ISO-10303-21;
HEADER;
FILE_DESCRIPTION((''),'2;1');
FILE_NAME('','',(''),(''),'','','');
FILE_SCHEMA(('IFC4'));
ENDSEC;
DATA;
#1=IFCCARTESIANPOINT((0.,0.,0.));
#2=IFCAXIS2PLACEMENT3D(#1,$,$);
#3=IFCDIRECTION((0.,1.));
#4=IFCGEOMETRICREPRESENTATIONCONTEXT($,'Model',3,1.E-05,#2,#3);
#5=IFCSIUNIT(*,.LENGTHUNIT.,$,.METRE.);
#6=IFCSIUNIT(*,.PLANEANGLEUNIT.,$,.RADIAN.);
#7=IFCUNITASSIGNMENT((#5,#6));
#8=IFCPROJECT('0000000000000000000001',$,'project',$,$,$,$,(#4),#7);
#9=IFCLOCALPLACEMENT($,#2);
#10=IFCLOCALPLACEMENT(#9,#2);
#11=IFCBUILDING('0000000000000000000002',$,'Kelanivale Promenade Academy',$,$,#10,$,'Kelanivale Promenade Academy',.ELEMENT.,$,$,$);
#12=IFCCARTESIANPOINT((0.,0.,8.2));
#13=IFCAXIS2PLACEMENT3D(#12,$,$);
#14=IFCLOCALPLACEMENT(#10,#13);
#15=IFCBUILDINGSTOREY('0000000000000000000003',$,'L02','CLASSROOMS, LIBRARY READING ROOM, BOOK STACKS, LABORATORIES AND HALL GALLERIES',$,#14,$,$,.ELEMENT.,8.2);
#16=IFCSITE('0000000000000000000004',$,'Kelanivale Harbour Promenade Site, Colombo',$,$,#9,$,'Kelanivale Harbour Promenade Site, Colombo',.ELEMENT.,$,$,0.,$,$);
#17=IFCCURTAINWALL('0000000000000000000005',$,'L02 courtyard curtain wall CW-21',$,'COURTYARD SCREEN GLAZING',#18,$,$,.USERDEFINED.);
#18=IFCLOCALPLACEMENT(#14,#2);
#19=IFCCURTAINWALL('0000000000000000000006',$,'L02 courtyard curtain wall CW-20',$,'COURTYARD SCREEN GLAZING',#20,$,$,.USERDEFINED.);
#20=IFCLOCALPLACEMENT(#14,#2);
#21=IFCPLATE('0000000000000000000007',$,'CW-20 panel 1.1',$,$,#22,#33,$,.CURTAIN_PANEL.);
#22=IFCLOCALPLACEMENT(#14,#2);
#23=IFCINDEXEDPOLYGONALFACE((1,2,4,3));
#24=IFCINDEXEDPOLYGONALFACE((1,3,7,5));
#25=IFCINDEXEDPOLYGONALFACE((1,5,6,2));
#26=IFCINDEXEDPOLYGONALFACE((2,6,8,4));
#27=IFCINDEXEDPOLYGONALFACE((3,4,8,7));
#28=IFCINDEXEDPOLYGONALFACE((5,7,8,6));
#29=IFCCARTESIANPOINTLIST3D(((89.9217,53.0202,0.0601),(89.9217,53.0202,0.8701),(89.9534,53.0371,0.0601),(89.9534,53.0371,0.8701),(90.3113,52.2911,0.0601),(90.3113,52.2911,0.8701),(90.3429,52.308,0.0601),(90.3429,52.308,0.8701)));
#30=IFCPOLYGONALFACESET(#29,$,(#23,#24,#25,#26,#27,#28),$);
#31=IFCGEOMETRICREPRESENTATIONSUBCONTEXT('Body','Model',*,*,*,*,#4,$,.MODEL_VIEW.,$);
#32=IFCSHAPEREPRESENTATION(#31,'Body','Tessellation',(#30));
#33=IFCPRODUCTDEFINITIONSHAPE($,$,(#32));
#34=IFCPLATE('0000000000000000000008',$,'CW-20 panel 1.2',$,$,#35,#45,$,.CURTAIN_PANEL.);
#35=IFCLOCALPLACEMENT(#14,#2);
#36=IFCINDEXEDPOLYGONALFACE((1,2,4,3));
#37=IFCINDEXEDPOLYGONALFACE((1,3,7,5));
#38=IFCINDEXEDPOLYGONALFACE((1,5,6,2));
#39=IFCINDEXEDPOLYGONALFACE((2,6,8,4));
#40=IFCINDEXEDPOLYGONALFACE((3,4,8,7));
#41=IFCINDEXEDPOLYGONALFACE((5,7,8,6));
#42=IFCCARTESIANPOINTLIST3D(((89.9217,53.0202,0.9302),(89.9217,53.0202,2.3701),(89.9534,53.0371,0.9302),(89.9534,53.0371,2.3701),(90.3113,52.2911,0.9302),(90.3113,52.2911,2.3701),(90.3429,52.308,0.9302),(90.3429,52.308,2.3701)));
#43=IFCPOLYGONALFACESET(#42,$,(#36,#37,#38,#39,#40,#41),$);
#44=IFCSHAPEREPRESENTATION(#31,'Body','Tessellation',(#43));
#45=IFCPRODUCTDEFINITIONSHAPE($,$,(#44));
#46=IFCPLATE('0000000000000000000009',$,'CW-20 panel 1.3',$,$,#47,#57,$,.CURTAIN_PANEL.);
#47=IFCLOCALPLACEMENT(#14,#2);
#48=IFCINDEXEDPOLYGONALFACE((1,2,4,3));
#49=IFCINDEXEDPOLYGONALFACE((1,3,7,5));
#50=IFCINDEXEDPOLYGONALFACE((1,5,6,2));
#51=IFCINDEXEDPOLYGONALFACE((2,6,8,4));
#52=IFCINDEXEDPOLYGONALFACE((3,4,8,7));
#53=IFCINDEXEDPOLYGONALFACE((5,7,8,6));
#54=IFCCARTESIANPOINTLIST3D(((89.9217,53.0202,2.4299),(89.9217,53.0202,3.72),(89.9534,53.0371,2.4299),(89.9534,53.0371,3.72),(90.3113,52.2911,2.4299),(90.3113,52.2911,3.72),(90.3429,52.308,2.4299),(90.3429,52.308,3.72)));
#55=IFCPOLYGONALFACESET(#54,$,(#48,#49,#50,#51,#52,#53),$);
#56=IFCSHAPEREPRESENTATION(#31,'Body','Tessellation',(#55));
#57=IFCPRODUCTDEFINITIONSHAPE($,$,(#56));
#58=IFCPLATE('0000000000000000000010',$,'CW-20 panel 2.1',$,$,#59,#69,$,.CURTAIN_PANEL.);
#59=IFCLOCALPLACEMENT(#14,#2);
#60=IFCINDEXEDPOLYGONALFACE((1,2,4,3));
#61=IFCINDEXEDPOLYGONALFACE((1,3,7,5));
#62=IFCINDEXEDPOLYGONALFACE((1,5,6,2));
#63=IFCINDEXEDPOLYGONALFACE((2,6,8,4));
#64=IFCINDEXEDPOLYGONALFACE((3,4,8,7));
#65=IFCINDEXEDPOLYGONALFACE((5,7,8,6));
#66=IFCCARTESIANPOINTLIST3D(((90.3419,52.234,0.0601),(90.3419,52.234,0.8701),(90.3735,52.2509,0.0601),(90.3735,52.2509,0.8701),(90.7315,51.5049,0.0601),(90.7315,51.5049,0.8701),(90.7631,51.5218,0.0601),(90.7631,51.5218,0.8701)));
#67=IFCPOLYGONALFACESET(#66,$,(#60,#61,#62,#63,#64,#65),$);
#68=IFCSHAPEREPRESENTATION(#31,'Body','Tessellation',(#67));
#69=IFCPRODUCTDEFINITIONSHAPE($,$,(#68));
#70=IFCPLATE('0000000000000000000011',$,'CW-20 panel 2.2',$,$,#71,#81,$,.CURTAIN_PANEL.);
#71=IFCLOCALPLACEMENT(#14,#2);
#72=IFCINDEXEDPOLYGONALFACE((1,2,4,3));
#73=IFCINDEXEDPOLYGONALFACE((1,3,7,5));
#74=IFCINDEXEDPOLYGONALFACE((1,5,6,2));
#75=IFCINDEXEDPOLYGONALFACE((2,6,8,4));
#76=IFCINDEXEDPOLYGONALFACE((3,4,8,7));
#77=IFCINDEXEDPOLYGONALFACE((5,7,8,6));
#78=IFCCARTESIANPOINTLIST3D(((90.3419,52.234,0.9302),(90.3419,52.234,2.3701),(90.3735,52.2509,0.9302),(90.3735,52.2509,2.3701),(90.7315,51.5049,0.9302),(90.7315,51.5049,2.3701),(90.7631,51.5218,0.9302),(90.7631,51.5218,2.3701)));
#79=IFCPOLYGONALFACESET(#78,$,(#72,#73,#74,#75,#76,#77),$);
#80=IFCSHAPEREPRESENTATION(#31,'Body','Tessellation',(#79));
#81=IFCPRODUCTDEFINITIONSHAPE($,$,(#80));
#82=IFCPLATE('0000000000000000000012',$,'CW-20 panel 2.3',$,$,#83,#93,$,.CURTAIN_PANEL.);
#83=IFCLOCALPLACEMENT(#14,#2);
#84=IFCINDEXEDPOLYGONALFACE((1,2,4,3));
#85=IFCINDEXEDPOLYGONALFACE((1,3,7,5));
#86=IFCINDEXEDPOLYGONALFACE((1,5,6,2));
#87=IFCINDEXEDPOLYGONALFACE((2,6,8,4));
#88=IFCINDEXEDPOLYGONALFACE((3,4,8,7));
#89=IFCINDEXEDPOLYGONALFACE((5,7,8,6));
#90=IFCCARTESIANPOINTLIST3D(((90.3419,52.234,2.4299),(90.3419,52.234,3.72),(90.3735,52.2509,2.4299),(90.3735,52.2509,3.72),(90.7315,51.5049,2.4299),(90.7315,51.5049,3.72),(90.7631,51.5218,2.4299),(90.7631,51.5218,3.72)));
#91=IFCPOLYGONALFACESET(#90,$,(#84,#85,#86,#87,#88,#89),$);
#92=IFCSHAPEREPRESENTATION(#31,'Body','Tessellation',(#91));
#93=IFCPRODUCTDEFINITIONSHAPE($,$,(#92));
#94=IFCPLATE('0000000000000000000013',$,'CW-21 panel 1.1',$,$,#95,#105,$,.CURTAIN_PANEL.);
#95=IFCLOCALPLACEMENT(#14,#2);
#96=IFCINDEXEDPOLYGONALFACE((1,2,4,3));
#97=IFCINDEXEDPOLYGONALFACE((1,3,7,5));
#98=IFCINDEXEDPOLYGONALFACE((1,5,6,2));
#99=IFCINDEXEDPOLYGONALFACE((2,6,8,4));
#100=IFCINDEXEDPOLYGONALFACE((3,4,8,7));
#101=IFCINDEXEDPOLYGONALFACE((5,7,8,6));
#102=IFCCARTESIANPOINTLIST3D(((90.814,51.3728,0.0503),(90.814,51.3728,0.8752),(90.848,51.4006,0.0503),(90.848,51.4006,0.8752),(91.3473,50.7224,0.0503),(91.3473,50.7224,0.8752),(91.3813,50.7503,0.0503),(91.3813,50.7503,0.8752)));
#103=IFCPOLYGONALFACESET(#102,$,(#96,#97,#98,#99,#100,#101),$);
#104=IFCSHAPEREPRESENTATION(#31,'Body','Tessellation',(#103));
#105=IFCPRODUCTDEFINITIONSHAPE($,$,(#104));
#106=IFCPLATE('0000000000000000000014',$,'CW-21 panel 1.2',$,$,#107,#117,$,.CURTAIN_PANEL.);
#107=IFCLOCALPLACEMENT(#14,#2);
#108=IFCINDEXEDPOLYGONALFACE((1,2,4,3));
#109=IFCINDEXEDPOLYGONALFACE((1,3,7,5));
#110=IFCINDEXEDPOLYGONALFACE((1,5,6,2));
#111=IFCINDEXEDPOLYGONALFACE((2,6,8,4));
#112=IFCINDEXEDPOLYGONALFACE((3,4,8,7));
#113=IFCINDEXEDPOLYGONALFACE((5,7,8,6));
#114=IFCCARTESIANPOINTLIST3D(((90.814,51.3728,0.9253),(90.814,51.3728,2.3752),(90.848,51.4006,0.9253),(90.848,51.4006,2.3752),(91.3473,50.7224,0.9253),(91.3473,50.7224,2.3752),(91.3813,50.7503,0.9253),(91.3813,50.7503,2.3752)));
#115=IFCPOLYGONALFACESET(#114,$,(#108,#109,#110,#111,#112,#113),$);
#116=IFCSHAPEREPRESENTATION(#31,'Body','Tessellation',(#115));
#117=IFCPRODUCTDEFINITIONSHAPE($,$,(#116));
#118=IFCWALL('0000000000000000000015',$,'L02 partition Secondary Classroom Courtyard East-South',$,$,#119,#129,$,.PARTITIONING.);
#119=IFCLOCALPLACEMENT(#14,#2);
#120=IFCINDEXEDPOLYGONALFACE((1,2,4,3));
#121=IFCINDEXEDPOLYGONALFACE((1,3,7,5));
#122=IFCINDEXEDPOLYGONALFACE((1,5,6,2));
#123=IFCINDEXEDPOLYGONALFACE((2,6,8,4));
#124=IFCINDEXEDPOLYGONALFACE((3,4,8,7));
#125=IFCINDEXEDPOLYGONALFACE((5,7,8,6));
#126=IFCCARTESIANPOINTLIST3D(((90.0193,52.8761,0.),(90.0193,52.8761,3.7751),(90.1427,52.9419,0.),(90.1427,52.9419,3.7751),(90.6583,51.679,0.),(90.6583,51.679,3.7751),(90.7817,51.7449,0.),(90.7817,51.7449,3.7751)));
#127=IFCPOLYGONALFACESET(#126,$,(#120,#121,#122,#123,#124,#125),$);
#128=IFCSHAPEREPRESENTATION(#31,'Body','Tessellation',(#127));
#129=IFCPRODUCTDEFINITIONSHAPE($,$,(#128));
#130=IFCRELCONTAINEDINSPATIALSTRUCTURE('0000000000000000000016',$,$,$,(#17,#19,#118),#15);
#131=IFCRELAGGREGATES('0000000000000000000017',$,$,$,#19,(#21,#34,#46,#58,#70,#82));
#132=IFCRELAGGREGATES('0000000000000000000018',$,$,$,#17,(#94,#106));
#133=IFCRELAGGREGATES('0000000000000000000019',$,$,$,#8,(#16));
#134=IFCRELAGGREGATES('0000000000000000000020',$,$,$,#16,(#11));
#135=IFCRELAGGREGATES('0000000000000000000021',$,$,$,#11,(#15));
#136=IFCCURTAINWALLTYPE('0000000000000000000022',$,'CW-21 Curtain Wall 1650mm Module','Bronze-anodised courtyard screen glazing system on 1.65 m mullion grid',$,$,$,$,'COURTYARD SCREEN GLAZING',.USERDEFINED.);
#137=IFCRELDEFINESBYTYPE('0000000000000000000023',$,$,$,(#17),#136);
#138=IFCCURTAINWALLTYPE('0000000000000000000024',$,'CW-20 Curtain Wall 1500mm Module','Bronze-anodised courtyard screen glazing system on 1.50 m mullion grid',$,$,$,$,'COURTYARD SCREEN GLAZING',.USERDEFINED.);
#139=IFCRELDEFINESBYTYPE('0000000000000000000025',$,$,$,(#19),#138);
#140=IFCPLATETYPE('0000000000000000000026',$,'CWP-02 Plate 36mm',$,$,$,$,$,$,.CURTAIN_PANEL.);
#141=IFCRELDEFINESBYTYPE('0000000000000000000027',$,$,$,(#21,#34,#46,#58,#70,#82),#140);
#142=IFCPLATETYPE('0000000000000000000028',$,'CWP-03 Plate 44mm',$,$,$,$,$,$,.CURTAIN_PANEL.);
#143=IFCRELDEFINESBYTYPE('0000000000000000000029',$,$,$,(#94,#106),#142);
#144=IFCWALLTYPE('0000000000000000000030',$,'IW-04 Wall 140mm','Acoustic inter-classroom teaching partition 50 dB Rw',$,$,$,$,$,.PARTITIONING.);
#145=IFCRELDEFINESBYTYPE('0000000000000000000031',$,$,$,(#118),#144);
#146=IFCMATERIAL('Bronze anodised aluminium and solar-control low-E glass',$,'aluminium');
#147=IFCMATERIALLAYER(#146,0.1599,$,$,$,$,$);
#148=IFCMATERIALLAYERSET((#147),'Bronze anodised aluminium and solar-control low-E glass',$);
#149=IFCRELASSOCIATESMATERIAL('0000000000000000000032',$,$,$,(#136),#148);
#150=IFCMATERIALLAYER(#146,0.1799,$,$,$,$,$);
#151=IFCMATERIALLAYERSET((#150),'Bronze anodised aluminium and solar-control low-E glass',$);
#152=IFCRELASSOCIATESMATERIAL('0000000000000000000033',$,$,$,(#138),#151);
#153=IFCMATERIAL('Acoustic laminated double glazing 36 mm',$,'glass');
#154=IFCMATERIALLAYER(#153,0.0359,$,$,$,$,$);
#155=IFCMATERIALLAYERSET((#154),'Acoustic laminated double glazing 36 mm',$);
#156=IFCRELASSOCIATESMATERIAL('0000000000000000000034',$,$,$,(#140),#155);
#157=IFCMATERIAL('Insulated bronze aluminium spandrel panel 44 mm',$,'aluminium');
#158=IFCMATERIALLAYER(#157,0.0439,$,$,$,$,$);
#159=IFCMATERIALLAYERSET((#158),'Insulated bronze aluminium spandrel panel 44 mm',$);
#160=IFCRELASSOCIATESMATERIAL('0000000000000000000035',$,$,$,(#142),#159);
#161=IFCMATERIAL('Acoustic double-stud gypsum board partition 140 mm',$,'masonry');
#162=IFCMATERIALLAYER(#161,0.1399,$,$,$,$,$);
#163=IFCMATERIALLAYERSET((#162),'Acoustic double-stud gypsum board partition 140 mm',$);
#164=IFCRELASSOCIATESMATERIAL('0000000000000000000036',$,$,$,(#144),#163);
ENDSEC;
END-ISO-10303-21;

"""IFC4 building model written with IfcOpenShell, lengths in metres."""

from ifc_helpers import new_model, si_unit, direction, frame, frame_2d, origin, origin_2d, place, context, subcontext, project, spatial, rectangle, extrude, material, layer, layer_set, type_object, element, aggregate, save


model = new_model("IFC4")

# Units and contexts
model_context = context("Model", 3, precision=1e-05, world=origin(), true_north=direction((0.0, 1.0)))
body_context = subcontext(model_context, "Body", "Model", "MODEL_VIEW")
ifc_project = project(units=[si_unit("LENGTHUNIT", "METRE"), si_unit("PLANEANGLEUNIT", "RADIAN")], contexts=[model_context])

# Site, building, storey
site_placement = place(None, origin())
site = spatial("IfcSite", under=ifc_project, at=site_placement, Name="Kelanivale Harbour Promenade Site, Colombo", LongName="Kelanivale Harbour Promenade Site, Colombo", CompositionType="ELEMENT", RefElevation=0.0)
building_placement = place(site_placement, origin())
building = spatial("IfcBuilding", under=site, at=building_placement, Name="Kelanivale Promenade Academy", LongName="Kelanivale Promenade Academy", CompositionType="ELEMENT")
storey_placement = place(building_placement, frame((0.0, 0.0, 8.2)))
storey = spatial("IfcBuildingStorey", under=building, at=storey_placement, Name="L02", Description="CLASSROOMS, LIBRARY READING ROOM, BOOK STACKS, LABORATORIES AND HALL GALLERIES", CompositionType="ELEMENT", Elevation=8.2)

# Curtain wall
ifc_material_1 = material(Name="Bronze anodised aluminium and solar-control low-E glass", Category="aluminium")
ifc_layer_1 = layer(ifc_material_1, 0.1599)
ifc_layer_set_1 = layer_set([ifc_layer_1], Name="Bronze anodised aluminium and solar-control low-E glass")
curtain_wall_type_1 = type_object("IfcCurtainWallType", Name="CW-21 Curtain Wall 1650mm Module", Description="Bronze-anodised courtyard screen glazing system on 1.65 m mullion grid", ElementType="COURTYARD SCREEN GLAZING", PredefinedType="USERDEFINED", material=ifc_layer_set_1)
curtain_wall_1_placement = place(storey_placement, origin())
curtain_wall_1 = element("IfcCurtainWall", 1, at=curtain_wall_1_placement, inside=storey, type_object=curtain_wall_type_1, Name="L02 courtyard curtain wall CW-21", ObjectType="COURTYARD SCREEN GLAZING", PredefinedType="USERDEFINED")

# Curtain wall
ifc_layer_2 = layer(ifc_material_1, 0.1799)
ifc_layer_set_2 = layer_set([ifc_layer_2], Name="Bronze anodised aluminium and solar-control low-E glass")
curtain_wall_type_2 = type_object("IfcCurtainWallType", Name="CW-20 Curtain Wall 1500mm Module", Description="Bronze-anodised courtyard screen glazing system on 1.50 m mullion grid", ElementType="COURTYARD SCREEN GLAZING", PredefinedType="USERDEFINED", material=ifc_layer_set_2)
curtain_wall_2_placement = place(storey_placement, origin())
curtain_wall_2 = element("IfcCurtainWall", 2, at=curtain_wall_2_placement, inside=storey, type_object=curtain_wall_type_2, Name="L02 courtyard curtain wall CW-20", ObjectType="COURTYARD SCREEN GLAZING", PredefinedType="USERDEFINED")

# Plates
ifc_material_2 = material(Name="Acoustic laminated double glazing 36 mm", Category="glass")
ifc_layer_3 = layer(ifc_material_2, 0.0359)
ifc_layer_set_3 = layer_set([ifc_layer_3], Name="Acoustic laminated double glazing 36 mm")
plate_type_1 = type_object("IfcPlateType", Name="CWP-02 Plate 36mm", PredefinedType="CURTAIN_PANEL", material=ifc_layer_set_3)
plate_1_placement = place(storey_placement, frame((90.1323, 52.6641, 0.0601), z_axis=(0.0, 0.0, 1.0), x_axis=(0.47129, -0.881978, 0.0)))
plate_1 = element("IfcPlate", 3, at=plate_1_placement, type_object=plate_type_1, Name="CW-20 panel 1.1", PredefinedType="CURTAIN_PANEL", context=body_context, shape_type="SweptSolid", body=[
    extrude(rectangle(XDim=0.8267, YDim=0.0359, at=origin_2d()), origin(), (0.0, 0.0, 1.0), 0.8101),
])
plate_2_placement = place(storey_placement, frame((90.1323, 52.6641, 0.9302), z_axis=(0.0, 0.0, 1.0), x_axis=(0.47129, -0.881978, 0.0)))
plate_2 = element("IfcPlate", 4, at=plate_2_placement, type_object=plate_type_1, Name="CW-20 panel 1.2", PredefinedType="CURTAIN_PANEL", context=body_context, shape_type="SweptSolid", body=[
    extrude(rectangle(XDim=0.8267, YDim=0.0359, at=origin_2d()), origin(), (0.0, 0.0, 1.0), 1.4399),
])
plate_3_placement = place(storey_placement, frame((90.1323, 52.6641, 2.4299), z_axis=(0.0, 0.0, 1.0), x_axis=(0.47129, -0.881978, 0.0)))
plate_3 = element("IfcPlate", 5, at=plate_3_placement, type_object=plate_type_1, Name="CW-20 panel 1.3", PredefinedType="CURTAIN_PANEL", context=body_context, shape_type="SweptSolid", body=[
    extrude(rectangle(XDim=0.8267, YDim=0.0359, at=origin_2d()), origin(), (0.0, 0.0, 1.0), 1.29),
])
plate_4_placement = place(storey_placement, frame((90.5525, 51.8779, 0.0601), z_axis=(0.0, 0.0, 1.0), x_axis=(0.47129, -0.881978, 0.0)))
plate_4 = element("IfcPlate", 6, at=plate_4_placement, type_object=plate_type_1, Name="CW-20 panel 2.1", PredefinedType="CURTAIN_PANEL", context=body_context, shape_type="SweptSolid", body=[
    extrude(rectangle(XDim=0.8267, YDim=0.0359, at=origin_2d()), origin(), (0.0, 0.0, 1.0), 0.8101),
])
plate_5_placement = place(storey_placement, frame((90.5525, 51.8779, 0.9302), z_axis=(0.0, 0.0, 1.0), x_axis=(0.47129, -0.881978, 0.0)))
plate_5 = element("IfcPlate", 7, at=plate_5_placement, type_object=plate_type_1, Name="CW-20 panel 2.2", PredefinedType="CURTAIN_PANEL", context=body_context, shape_type="SweptSolid", body=[
    extrude(rectangle(XDim=0.8267, YDim=0.0359, at=origin_2d()), origin(), (0.0, 0.0, 1.0), 1.4399),
])
plate_6_placement = place(storey_placement, frame((90.5525, 51.8779, 2.4299), z_axis=(0.0, 0.0, 1.0), x_axis=(0.47129, -0.881978, 0.0)))
plate_6 = element("IfcPlate", 8, at=plate_6_placement, type_object=plate_type_1, Name="CW-20 panel 2.3", PredefinedType="CURTAIN_PANEL", context=body_context, shape_type="SweptSolid", body=[
    extrude(rectangle(XDim=0.8267, YDim=0.0359, at=origin_2d()), origin(), (0.0, 0.0, 1.0), 1.29),
])
aggregate(curtain_wall_2, [plate_1, plate_2, plate_3, plate_4, plate_5, plate_6])
ifc_material_3 = material(Name="Insulated bronze aluminium spandrel panel 44 mm", Category="aluminium")
ifc_layer_4 = layer(ifc_material_3, 0.0439)
ifc_layer_set_4 = layer_set([ifc_layer_4], Name="Insulated bronze aluminium spandrel panel 44 mm")
plate_type_2 = type_object("IfcPlateType", Name="CWP-03 Plate 44mm", PredefinedType="CURTAIN_PANEL", material=ifc_layer_set_4)
plate_7_placement = place(storey_placement, frame((91.0977, 51.0615, 0.0503), z_axis=(0.0, 0.0, 1.0), x_axis=(0.634144, -0.773215, 0.0)))
plate_7 = element("IfcPlate", 9, at=plate_7_placement, type_object=plate_type_2, Name="CW-21 panel 1.1", PredefinedType="CURTAIN_PANEL", context=body_context, shape_type="SweptSolid", body=[
    extrude(rectangle(XDim=0.8411, YDim=0.0439, at=origin_2d()), origin(), (0.0, 0.0, 1.0), 0.825),
])
plate_8_placement = place(storey_placement, frame((91.0977, 51.0615, 0.9253), z_axis=(0.0, 0.0, 1.0), x_axis=(0.634144, -0.773215, 0.0)))
plate_8 = element("IfcPlate", 10, at=plate_8_placement, type_object=plate_type_2, Name="CW-21 panel 1.2", PredefinedType="CURTAIN_PANEL", context=body_context, shape_type="SweptSolid", body=[
    extrude(rectangle(XDim=0.8411, YDim=0.0439, at=origin_2d()), origin(), (0.0, 0.0, 1.0), 1.45),
])
aggregate(curtain_wall_1, [plate_7, plate_8])

# Wall
ifc_material_4 = material(Name="Acoustic double-stud gypsum board partition 140 mm", Category="masonry")
ifc_layer_5 = layer(ifc_material_4, 0.1399)
ifc_layer_set_5 = layer_set([ifc_layer_5], Name="Acoustic double-stud gypsum board partition 140 mm")
wall_type = type_object("IfcWallType", Name="IW-04 Wall 140mm", Description="Acoustic inter-classroom teaching partition 50 dB Rw", PredefinedType="PARTITIONING", material=ifc_layer_set_5)
wall_placement = place(storey_placement, frame((90.72, 51.7119, 0.0), z_axis=(0.0, 0.0, 1.0), x_axis=(-0.470878, 0.882198, 0.0)))
element("IfcWall", 11, at=wall_placement, inside=storey, type_object=wall_type, Name="L02 partition Secondary Classroom Courtyard East-South", PredefinedType="PARTITIONING", context=body_context, shape_type="SweptSolid", body=[
    extrude(rectangle(XDim=1.3569, YDim=0.1399, at=frame_2d((0.6785, 0.0))), origin(), (0.0, 0.0, 1.0), 3.7751),
])

save(model, "model.ifc")
